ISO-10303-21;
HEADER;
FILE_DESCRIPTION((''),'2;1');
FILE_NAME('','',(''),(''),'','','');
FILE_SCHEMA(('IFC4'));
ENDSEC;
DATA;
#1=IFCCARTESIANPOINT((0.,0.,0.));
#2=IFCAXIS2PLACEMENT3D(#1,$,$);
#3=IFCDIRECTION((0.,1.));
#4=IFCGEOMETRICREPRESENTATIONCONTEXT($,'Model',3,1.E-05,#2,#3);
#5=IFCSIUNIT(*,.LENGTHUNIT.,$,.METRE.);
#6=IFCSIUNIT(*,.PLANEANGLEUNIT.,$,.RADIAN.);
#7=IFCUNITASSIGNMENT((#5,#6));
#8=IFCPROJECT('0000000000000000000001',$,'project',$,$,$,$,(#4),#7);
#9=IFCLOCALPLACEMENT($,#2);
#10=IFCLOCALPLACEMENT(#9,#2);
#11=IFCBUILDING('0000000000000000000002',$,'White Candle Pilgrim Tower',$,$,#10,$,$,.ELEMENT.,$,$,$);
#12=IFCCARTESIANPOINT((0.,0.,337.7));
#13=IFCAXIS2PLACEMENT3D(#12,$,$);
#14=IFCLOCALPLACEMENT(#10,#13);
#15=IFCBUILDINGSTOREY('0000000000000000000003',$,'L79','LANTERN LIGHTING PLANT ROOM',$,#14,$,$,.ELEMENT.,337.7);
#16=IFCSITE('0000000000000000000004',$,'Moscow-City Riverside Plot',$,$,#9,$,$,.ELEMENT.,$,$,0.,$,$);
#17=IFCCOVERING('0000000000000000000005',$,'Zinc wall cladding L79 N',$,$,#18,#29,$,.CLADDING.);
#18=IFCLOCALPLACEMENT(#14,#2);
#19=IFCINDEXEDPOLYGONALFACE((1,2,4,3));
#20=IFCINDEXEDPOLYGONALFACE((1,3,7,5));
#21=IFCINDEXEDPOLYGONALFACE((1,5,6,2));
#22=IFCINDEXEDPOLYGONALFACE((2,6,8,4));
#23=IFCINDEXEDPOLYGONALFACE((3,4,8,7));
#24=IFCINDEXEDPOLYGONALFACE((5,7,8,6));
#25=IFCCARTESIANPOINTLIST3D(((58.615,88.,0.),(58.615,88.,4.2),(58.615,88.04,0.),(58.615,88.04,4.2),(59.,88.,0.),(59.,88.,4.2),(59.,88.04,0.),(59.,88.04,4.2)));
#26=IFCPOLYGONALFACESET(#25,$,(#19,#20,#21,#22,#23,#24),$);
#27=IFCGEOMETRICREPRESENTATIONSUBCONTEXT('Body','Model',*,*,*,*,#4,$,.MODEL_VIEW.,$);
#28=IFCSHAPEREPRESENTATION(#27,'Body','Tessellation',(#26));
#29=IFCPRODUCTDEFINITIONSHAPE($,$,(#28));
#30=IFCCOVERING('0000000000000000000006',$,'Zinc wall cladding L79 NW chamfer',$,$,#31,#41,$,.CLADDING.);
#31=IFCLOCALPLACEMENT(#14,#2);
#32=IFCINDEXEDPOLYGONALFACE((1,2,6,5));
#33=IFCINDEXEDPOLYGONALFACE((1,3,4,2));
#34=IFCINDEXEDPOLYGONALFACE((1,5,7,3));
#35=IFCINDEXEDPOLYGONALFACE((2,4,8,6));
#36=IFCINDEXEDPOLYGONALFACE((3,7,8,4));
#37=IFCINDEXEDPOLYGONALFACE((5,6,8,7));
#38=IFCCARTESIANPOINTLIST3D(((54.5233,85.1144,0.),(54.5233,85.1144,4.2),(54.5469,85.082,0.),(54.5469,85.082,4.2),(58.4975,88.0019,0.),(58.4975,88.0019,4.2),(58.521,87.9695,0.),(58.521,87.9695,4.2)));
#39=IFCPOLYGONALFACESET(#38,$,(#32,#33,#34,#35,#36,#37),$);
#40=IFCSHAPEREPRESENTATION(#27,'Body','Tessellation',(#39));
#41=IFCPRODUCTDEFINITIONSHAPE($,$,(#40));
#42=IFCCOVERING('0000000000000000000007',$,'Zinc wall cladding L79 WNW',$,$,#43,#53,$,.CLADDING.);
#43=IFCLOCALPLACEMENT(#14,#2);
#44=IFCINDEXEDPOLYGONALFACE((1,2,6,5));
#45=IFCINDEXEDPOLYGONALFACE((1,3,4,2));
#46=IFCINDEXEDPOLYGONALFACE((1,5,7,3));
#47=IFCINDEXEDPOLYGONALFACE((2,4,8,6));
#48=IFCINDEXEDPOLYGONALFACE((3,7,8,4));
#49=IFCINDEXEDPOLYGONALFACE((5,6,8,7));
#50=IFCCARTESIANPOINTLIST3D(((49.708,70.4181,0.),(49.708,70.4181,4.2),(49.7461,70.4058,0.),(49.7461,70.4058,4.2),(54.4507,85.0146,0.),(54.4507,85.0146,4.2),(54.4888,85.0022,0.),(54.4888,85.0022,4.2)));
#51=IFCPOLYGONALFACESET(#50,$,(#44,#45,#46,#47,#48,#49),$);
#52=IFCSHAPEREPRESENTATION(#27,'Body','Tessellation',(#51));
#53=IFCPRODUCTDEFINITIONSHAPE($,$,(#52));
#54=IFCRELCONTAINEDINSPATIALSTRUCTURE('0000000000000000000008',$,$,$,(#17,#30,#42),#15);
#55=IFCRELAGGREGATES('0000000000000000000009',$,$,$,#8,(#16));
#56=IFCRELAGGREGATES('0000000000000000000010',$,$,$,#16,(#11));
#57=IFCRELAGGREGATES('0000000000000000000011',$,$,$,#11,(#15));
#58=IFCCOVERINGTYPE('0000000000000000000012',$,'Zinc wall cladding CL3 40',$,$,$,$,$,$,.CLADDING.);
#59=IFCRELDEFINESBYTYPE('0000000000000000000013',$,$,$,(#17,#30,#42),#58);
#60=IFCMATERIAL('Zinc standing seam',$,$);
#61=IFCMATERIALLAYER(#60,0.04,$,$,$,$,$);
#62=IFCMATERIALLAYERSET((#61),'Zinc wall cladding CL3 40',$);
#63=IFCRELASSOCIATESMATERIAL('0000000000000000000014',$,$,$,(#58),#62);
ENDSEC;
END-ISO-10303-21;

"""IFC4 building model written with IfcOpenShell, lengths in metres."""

from ifc_helpers import new_model, si_unit, direction, frame, origin, place, context, subcontext, project, spatial, polyline, outline, extrude, material, layer, layer_set, type_object, element, save


model = new_model("IFC4")

# Units and contexts
model_context = context("Model", 3, precision=1e-05, world=origin(), true_north=direction((0.0, 1.0)))
body_context = subcontext(model_context, "Body", "Model", "MODEL_VIEW")
ifc_project = project(units=[si_unit("LENGTHUNIT", "METRE"), si_unit("PLANEANGLEUNIT", "RADIAN")], contexts=[model_context])

# Site, building, storey
site_placement = place(None, origin())
site = spatial("IfcSite", under=ifc_project, at=site_placement, Name="Moscow-City Riverside Plot", CompositionType="ELEMENT", RefElevation=0.0)
building_placement = place(site_placement, origin())
building = spatial("IfcBuilding", under=site, at=building_placement, Name="White Candle Pilgrim Tower", CompositionType="ELEMENT")
storey_placement = place(building_placement, frame((0.0, 0.0, 337.7)))
storey = spatial("IfcBuildingStorey", under=building, at=storey_placement, Name="L79", Description="LANTERN LIGHTING PLANT ROOM", CompositionType="ELEMENT", Elevation=337.7)

# Coverings
ifc_material_1 = material(Name="Zinc standing seam")
ifc_layer_1 = layer(ifc_material_1, 0.04)
ifc_layer_set_1 = layer_set([ifc_layer_1], Name="Zinc wall cladding CL3 40")
covering_type = type_object("IfcCoveringType", Name="Zinc wall cladding CL3 40", PredefinedType="CLADDING", material=ifc_layer_set_1)
covering_1_placement = place(storey_placement, frame((59.0, 88.0, 4.2), z_axis=(0.0, -1.0, 0.0), x_axis=(-1.0, 0.0, 0.0)))
element("IfcCovering", 1, at=covering_1_placement, inside=storey, type_object=covering_type, Name="Zinc wall cladding L79 N", PredefinedType="CLADDING", context=body_context, shape_type="SweptSolid", body=[
    extrude(outline(polyline([(0.0, 0.0), (0.385, 0.0), (0.385, 4.2), (0.0, 4.2), (0.0, 0.0)])), origin(), (0.0, 0.0, -1.0), 0.04),
])
covering_2_placement = place(storey_placement, frame((58.521, 87.9695, 4.2), z_axis=(0.587796, -0.809009, 0.0), x_axis=(-0.809009, -0.587796, 0.0)))
element("IfcCovering", 2, at=covering_2_placement, inside=storey, type_object=covering_type, Name="Zinc wall cladding L79 NW chamfer", PredefinedType="CLADDING", context=body_context, shape_type="SweptSolid", body=[
    extrude(outline(polyline([(0.0, 0.0), (4.9123, 0.0), (4.9123, 4.2), (0.0, 4.2), (0.0, 0.0)])), origin(), (0.0, 0.0, -1.0), 0.04),
])
covering_3_placement = place(storey_placement, frame((54.4888, 85.0022, 4.2), z_axis=(0.951056, -0.309017, 0.0), x_axis=(-0.309017, -0.951056, 0.0)))
element("IfcCovering", 3, at=covering_3_placement, inside=storey, type_object=covering_type, Name="Zinc wall cladding L79 WNW", PredefinedType="CLADDING", context=body_context, shape_type="SweptSolid", body=[
    extrude(outline(polyline([(0.0, 0.0), (15.3476, 0.0), (15.3476, 4.2), (0.0, 4.2), (0.0, 0.0)])), origin(), (0.0, 0.0, -1.0), 0.04),
])

save(model, "model.ifc")
